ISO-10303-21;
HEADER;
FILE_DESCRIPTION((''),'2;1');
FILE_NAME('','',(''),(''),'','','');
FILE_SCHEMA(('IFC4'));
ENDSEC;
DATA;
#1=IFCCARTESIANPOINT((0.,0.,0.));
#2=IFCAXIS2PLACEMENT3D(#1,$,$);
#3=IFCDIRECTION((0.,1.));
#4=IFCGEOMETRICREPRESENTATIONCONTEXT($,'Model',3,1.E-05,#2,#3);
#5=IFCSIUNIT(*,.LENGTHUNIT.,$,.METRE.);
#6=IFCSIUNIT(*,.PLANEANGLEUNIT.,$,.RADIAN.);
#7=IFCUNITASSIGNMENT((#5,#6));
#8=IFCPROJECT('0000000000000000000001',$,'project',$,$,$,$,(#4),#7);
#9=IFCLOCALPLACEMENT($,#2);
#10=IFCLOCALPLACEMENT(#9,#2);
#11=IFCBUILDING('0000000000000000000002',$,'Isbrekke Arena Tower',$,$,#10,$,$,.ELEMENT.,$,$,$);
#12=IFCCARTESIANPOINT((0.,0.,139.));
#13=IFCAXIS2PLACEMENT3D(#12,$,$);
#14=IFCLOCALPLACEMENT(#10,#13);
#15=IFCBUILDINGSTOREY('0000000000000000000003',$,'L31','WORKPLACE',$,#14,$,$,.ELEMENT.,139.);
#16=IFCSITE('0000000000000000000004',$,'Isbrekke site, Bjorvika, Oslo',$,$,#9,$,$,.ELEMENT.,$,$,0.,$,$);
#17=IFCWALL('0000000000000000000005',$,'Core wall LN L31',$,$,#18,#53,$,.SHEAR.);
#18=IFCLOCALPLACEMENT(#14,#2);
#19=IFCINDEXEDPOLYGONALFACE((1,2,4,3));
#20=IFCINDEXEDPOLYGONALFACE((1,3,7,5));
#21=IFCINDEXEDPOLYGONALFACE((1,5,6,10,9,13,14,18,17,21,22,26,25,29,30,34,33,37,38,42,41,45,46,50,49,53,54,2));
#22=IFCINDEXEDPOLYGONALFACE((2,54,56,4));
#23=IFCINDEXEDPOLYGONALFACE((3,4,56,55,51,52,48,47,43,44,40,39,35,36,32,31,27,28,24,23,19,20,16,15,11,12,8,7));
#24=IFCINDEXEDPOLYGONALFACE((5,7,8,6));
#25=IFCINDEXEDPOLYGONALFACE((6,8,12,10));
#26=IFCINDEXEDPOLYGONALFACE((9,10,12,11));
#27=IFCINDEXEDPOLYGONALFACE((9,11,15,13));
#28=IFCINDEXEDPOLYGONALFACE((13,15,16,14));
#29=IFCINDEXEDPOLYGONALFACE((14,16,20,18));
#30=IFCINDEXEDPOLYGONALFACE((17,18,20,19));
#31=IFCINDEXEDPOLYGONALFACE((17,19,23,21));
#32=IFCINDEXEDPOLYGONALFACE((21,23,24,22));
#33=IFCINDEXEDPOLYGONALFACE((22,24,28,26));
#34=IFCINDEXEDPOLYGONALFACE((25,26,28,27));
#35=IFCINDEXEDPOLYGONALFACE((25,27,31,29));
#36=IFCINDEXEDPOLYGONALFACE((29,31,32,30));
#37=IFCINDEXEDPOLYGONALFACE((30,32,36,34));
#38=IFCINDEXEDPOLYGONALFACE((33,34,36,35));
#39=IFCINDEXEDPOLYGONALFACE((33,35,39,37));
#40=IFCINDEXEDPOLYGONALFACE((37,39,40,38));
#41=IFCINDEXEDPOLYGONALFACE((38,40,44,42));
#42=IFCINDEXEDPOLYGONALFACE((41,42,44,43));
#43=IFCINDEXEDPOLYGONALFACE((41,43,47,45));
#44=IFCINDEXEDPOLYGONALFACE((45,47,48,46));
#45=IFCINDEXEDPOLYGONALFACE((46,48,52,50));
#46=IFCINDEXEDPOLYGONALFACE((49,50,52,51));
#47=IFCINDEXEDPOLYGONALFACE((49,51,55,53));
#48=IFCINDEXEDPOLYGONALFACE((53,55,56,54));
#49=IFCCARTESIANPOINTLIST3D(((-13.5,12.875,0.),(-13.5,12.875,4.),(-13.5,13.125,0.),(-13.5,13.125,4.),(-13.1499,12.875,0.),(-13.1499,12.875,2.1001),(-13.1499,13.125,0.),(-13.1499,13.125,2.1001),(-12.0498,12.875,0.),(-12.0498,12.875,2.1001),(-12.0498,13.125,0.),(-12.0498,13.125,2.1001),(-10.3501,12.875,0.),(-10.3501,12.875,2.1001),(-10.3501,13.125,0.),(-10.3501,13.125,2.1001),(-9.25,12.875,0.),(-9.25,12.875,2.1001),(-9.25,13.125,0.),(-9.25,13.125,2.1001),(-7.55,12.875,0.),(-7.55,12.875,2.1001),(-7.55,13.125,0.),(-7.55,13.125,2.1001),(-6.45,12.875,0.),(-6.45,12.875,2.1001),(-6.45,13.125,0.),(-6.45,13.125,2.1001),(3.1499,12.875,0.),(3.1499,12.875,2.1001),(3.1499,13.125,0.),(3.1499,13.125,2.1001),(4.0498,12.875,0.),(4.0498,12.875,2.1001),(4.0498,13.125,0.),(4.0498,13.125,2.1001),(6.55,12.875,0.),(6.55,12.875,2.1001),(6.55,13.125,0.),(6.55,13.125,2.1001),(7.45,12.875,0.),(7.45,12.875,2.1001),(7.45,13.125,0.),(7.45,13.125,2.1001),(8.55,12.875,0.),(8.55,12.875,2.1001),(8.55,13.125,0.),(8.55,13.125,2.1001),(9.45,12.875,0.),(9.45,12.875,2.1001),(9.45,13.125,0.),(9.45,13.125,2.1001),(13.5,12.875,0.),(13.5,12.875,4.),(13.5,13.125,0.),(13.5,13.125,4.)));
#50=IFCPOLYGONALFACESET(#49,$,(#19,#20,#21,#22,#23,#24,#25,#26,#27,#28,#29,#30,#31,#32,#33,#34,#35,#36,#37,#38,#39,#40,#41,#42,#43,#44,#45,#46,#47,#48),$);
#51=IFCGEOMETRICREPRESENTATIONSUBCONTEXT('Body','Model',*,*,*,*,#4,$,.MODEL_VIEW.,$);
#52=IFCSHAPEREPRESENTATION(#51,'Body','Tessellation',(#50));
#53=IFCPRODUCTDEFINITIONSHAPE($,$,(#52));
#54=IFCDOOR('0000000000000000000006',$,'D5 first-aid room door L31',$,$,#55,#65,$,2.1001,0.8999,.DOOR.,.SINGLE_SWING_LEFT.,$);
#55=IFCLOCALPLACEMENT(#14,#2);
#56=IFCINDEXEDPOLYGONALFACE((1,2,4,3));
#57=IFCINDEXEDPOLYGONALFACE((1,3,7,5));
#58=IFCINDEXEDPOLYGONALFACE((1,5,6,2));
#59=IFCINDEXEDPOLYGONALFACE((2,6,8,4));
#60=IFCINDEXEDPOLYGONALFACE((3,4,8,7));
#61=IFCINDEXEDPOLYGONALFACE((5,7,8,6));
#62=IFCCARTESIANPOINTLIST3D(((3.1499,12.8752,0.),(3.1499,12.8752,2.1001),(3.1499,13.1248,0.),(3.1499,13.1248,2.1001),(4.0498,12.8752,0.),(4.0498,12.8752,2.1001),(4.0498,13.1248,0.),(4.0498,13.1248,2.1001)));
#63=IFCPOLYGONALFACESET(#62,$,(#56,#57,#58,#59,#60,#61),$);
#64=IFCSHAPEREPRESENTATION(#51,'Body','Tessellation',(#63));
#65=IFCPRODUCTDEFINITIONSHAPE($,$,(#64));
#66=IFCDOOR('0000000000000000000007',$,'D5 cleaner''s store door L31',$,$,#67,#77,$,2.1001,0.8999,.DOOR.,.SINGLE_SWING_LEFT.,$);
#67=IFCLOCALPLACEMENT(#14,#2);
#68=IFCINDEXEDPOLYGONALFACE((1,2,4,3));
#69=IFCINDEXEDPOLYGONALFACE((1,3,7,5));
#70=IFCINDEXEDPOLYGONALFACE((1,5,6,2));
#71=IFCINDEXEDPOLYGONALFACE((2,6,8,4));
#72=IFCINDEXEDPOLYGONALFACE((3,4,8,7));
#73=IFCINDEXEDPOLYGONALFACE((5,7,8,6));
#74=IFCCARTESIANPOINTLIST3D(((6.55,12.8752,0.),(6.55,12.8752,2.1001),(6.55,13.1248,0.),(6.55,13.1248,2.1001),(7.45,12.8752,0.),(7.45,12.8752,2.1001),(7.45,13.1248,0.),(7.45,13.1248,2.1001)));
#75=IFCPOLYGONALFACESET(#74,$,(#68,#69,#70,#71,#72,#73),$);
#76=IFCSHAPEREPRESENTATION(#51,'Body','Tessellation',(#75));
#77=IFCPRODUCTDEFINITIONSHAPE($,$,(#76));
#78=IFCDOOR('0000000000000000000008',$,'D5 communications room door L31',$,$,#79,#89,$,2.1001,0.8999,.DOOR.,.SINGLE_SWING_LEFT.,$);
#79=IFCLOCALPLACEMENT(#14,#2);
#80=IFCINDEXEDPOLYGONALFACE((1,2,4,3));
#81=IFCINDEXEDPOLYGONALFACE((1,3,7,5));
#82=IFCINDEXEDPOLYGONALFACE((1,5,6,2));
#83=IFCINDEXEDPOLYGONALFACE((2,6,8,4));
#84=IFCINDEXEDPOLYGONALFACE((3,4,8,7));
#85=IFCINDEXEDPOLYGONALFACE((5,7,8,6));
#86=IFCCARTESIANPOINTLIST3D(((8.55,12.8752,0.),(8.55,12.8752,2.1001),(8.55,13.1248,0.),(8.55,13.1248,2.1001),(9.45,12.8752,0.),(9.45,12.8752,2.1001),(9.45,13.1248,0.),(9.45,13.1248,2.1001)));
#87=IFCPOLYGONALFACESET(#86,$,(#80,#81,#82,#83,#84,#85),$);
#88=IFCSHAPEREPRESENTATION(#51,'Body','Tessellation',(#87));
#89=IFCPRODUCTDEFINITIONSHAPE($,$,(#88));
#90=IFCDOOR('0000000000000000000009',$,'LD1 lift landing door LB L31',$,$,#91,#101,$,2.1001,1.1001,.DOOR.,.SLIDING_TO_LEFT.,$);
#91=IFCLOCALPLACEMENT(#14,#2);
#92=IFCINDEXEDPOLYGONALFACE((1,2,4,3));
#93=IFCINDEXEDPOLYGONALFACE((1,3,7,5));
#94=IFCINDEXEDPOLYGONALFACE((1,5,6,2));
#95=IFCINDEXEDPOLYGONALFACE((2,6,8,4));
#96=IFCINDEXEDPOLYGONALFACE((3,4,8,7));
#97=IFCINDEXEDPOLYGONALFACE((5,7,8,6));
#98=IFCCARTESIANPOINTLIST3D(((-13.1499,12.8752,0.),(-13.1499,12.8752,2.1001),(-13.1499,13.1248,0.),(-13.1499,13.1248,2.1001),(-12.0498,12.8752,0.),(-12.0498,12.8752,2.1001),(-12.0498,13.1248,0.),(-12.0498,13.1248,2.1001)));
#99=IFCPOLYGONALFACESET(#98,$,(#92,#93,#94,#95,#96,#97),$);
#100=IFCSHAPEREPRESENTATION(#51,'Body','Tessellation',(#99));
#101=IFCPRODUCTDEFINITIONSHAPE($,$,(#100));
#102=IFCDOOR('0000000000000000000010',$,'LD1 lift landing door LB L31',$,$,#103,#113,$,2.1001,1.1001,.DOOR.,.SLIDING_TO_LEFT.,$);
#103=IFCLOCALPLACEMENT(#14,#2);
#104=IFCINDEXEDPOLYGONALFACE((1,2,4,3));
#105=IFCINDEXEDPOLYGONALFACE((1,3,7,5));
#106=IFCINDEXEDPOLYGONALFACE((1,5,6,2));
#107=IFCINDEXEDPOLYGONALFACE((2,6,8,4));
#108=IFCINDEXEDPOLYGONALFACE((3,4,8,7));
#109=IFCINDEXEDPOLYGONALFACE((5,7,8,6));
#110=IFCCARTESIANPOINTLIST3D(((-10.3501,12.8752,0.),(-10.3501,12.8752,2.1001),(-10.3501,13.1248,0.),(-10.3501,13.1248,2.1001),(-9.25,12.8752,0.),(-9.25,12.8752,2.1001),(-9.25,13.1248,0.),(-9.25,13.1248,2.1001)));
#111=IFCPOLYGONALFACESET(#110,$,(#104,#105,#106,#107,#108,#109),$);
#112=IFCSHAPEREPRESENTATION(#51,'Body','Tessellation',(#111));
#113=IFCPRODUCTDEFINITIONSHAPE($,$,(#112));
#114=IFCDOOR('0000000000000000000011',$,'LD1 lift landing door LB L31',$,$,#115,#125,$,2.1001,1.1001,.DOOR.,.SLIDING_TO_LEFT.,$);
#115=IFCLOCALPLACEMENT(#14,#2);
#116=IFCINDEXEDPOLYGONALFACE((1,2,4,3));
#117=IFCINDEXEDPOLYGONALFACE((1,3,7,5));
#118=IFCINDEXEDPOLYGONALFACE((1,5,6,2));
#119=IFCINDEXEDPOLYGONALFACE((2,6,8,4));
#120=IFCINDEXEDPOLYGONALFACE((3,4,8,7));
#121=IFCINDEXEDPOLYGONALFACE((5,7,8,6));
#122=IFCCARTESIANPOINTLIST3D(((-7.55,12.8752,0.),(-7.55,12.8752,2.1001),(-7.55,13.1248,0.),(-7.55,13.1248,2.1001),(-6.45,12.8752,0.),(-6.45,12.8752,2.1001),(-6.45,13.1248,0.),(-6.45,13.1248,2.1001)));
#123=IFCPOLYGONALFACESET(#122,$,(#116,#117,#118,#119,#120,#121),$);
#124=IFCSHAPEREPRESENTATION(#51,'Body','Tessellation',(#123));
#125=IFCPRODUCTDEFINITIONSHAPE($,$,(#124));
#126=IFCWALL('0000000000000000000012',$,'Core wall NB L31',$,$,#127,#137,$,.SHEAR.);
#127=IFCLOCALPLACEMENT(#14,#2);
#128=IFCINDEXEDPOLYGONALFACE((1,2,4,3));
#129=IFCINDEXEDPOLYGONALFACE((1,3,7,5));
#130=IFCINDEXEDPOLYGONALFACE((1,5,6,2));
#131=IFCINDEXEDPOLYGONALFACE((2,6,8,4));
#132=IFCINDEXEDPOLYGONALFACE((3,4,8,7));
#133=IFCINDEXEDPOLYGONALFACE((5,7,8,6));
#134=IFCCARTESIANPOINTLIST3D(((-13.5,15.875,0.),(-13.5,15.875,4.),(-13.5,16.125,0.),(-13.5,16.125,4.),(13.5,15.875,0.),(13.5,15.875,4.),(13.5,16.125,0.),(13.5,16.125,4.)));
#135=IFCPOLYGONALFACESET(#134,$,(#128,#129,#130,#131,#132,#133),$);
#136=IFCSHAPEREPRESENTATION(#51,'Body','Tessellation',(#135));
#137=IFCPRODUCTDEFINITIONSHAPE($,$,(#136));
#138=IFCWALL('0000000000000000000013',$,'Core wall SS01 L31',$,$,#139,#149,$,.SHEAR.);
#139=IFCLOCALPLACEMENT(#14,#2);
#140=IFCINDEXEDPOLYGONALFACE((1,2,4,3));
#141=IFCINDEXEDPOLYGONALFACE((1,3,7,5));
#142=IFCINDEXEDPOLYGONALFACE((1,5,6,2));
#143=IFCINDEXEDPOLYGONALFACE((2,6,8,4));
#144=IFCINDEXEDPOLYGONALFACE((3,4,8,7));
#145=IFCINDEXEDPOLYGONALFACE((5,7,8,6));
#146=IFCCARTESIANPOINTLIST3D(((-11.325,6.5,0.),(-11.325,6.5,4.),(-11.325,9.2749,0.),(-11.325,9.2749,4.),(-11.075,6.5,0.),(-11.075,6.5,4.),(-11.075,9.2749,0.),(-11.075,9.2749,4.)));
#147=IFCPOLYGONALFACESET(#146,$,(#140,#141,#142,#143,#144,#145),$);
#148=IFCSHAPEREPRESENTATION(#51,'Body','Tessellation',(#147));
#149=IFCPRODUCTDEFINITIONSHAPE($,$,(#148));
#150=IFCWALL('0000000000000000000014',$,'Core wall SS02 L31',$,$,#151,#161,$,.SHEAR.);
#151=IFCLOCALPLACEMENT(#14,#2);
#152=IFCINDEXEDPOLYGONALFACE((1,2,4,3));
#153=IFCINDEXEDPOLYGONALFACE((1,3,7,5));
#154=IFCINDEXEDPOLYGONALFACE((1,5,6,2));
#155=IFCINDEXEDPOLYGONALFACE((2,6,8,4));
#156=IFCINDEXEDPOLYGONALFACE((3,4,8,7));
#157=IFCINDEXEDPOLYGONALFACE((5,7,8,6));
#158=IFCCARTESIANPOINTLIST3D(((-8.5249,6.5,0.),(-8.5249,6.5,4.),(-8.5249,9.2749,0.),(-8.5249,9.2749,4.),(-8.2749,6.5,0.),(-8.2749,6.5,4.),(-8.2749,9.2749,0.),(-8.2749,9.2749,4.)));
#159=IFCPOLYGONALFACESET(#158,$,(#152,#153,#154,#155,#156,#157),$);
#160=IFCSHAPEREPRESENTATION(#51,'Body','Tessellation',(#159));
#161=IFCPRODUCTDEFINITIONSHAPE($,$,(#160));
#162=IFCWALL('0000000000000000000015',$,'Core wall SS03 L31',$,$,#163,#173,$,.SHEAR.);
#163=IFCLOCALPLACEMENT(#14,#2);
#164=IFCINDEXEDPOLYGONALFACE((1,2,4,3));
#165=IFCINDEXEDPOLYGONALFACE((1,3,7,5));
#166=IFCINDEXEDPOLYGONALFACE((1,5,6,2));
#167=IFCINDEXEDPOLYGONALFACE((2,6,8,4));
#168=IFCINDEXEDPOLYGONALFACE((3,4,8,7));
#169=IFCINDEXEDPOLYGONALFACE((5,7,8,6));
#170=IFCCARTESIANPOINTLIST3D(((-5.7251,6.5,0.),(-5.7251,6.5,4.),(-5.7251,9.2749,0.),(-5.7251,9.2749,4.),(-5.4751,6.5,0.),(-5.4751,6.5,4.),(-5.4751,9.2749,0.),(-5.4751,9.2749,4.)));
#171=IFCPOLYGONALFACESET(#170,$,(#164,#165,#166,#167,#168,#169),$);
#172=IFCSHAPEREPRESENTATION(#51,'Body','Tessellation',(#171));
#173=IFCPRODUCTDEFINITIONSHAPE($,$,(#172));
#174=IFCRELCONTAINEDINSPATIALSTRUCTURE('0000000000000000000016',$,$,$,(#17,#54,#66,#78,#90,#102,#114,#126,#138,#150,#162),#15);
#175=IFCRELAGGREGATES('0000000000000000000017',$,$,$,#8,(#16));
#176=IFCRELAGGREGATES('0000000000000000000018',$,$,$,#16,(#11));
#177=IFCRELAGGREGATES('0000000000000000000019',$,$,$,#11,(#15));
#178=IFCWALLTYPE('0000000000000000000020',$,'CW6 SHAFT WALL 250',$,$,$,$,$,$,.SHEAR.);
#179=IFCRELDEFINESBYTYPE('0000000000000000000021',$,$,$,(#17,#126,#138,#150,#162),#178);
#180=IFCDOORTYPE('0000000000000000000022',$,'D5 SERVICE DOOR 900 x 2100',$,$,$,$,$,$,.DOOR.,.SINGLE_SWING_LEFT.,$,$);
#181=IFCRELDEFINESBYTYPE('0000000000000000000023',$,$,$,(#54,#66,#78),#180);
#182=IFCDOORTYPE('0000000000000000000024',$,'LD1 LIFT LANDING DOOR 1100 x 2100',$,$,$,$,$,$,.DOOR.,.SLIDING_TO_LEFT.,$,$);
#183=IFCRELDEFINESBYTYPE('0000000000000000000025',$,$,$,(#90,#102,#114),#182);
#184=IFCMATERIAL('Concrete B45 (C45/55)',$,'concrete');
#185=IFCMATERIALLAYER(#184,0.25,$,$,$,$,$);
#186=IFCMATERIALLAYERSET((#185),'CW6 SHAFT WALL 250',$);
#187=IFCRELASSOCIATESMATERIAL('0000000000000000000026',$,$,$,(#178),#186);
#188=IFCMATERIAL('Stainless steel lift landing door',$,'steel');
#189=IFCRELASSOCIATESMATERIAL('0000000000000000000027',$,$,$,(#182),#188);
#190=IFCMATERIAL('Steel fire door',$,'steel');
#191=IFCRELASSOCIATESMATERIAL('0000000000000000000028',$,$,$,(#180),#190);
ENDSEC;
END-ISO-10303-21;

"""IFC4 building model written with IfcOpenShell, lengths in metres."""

from ifc_helpers import new_model, si_unit, direction, frame, frame_2d, origin, place, context, subcontext, project, spatial, rectangle, extrude, material, layer, layer_set, type_object, element, fill, save


model = new_model("IFC4")

# Units and contexts
model_context = context("Model", 3, precision=1e-05, world=origin(), true_north=direction((0.0, 1.0)))
body_context = subcontext(model_context, "Body", "Model", "MODEL_VIEW")
ifc_project = project(units=[si_unit("LENGTHUNIT", "METRE"), si_unit("PLANEANGLEUNIT", "RADIAN")], contexts=[model_context])

# Site, building, storey
site_placement = place(None, origin())
site = spatial("IfcSite", under=ifc_project, at=site_placement, Name="Isbrekke site, Bjorvika, Oslo", CompositionType="ELEMENT", RefElevation=0.0)
building_placement = place(site_placement, origin())
building = spatial("IfcBuilding", under=site, at=building_placement, Name="Isbrekke Arena Tower", CompositionType="ELEMENT")
storey_placement = place(building_placement, frame((0.0, 0.0, 139.0)))
storey = spatial("IfcBuildingStorey", under=building, at=storey_placement, Name="L31", Description="WORKPLACE", CompositionType="ELEMENT", Elevation=139.0)

# Wall, openings, doors
ifc_material_1 = material(Name="Concrete B45 (C45/55)", Category="concrete")
ifc_layer_1 = layer(ifc_material_1, 0.25)
ifc_layer_set_1 = layer_set([ifc_layer_1], Name="CW6 SHAFT WALL 250")
wall_type_1 = type_object("IfcWallType", Name="CW6 SHAFT WALL 250", PredefinedType="SHEAR", material=ifc_layer_set_1)
ifc_material_2 = material(Name="Stainless steel lift landing door", Category="steel")
door_type_1 = type_object("IfcDoorType", Name="LD1 LIFT LANDING DOOR 1100 x 2100", OperationType="SLIDING_TO_LEFT", PredefinedType="DOOR", material=ifc_material_2)
wall_1_placement = place(storey_placement, frame((-13.5, 13.0, 0.0), z_axis=(0.0, 0.0, 1.0), x_axis=(1.0, 0.0, 0.0)))
wall_1 = element("IfcWall", 1, at=wall_1_placement, inside=storey, type_object=wall_type_1, Name="Core wall LN L31", PredefinedType="SHEAR", context=body_context, shape_type="SweptSolid", body=[
    extrude(rectangle(XDim=27.0, YDim=0.25, at=frame_2d((13.5, 0.0))), origin(), (0.0, 0.0, 1.0), 4.0),
])
opening_1_placement = place(wall_1_placement, frame((0.3501, 0.0, 0.0)))
opening_1 = element("IfcOpeningElement", 2, at=opening_1_placement, cuts=wall_1, PredefinedType="OPENING", context=body_context, shape_type="SweptSolid", body=[
    extrude(rectangle(XDim=1.1001, YDim=2.1001, at=frame_2d((0.55, 1.05))), frame((0.0, 0.1399, 0.0), z_axis=(0.0, -1.0, 0.0), x_axis=(1.0, 0.0, 0.0)), (0.0, 0.0, 1.0), 0.2798),
])
opening_2_placement = place(wall_1_placement, frame((3.1499, 0.0, 0.0)))
opening_2 = element("IfcOpeningElement", 3, at=opening_2_placement, cuts=wall_1, PredefinedType="OPENING", context=body_context, shape_type="SweptSolid", body=[
    extrude(rectangle(XDim=1.1001, YDim=2.1001, at=frame_2d((0.55, 1.05))), frame((0.0, 0.1399, 0.0), z_axis=(0.0, -1.0, 0.0), x_axis=(1.0, 0.0, 0.0)), (0.0, 0.0, 1.0), 0.2798),
])
opening_3_placement = place(wall_1_placement, frame((5.95, 0.0, 0.0)))
opening_3 = element("IfcOpeningElement", 4, at=opening_3_placement, cuts=wall_1, PredefinedType="OPENING", context=body_context, shape_type="SweptSolid", body=[
    extrude(rectangle(XDim=1.1001, YDim=2.1001, at=frame_2d((0.55, 1.05))), frame((0.0, 0.1399, 0.0), z_axis=(0.0, -1.0, 0.0), x_axis=(1.0, 0.0, 0.0)), (0.0, 0.0, 1.0), 0.2798),
])
opening_4_placement = place(wall_1_placement, frame((16.6499, 0.0, 0.0)))
opening_4 = element("IfcOpeningElement", 5, at=opening_4_placement, cuts=wall_1, PredefinedType="OPENING", context=body_context, shape_type="SweptSolid", body=[
    extrude(rectangle(XDim=0.8999, YDim=2.1001, at=frame_2d((0.45, 1.05))), frame((0.0, 0.1399, 0.0), z_axis=(0.0, -1.0, 0.0), x_axis=(1.0, 0.0, 0.0)), (0.0, 0.0, 1.0), 0.2798),
])
opening_5_placement = place(wall_1_placement, frame((20.05, 0.0, 0.0)))
opening_5 = element("IfcOpeningElement", 6, at=opening_5_placement, cuts=wall_1, PredefinedType="OPENING", context=body_context, shape_type="SweptSolid", body=[
    extrude(rectangle(XDim=0.8999, YDim=2.1001, at=frame_2d((0.45, 1.05))), frame((0.0, 0.1399, 0.0), z_axis=(0.0, -1.0, 0.0), x_axis=(1.0, 0.0, 0.0)), (0.0, 0.0, 1.0), 0.2798),
])
opening_6_placement = place(wall_1_placement, frame((22.05, 0.0, 0.0)))
opening_6 = element("IfcOpeningElement", 7, at=opening_6_placement, cuts=wall_1, PredefinedType="OPENING", context=body_context, shape_type="SweptSolid", body=[
    extrude(rectangle(XDim=0.8999, YDim=2.1001, at=frame_2d((0.45, 1.05))), frame((0.0, 0.1399, 0.0), z_axis=(0.0, -1.0, 0.0), x_axis=(1.0, 0.0, 0.0)), (0.0, 0.0, 1.0), 0.2798),
])
ifc_material_3 = material(Name="Steel fire door", Category="steel")
door_type_2 = type_object("IfcDoorType", Name="D5 SERVICE DOOR 900 x 2100", OperationType="SINGLE_SWING_LEFT", PredefinedType="DOOR", material=ifc_material_3)
door_1_placement = place(opening_4_placement, origin())
door_1 = element("IfcDoor", 8, at=door_1_placement, inside=storey, type_object=door_type_2, Name="D5 first-aid room door L31", OperationType="SINGLE_SWING_LEFT", OverallHeight=2.1001, OverallWidth=0.8999, PredefinedType="DOOR", context=body_context, shape_type="SweptSolid", body=[
    extrude(rectangle(XDim=0.8999, YDim=2.1001, at=frame_2d((0.45, 1.05))), frame((0.0, 0.1248, 0.0), z_axis=(0.0, -1.0, 0.0), x_axis=(1.0, 0.0, 0.0)), (0.0, 0.0, 1.0), 0.2495),
])
fill(opening_4, door_1)
door_2_placement = place(opening_5_placement, origin())
door_2 = element("IfcDoor", 9, at=door_2_placement, inside=storey, type_object=door_type_2, Name="D5 cleaner's store door L31", OperationType="SINGLE_SWING_LEFT", OverallHeight=2.1001, OverallWidth=0.8999, PredefinedType="DOOR", context=body_context, shape_type="SweptSolid", body=[
    extrude(rectangle(XDim=0.8999, YDim=2.1001, at=frame_2d((0.45, 1.05))), frame((0.0, 0.1248, 0.0), z_axis=(0.0, -1.0, 0.0), x_axis=(1.0, 0.0, 0.0)), (0.0, 0.0, 1.0), 0.2495),
])
fill(opening_5, door_2)
door_3_placement = place(opening_6_placement, origin())
door_3 = element("IfcDoor", 10, at=door_3_placement, inside=storey, type_object=door_type_2, Name="D5 communications room door L31", OperationType="SINGLE_SWING_LEFT", OverallHeight=2.1001, OverallWidth=0.8999, PredefinedType="DOOR", context=body_context, shape_type="SweptSolid", body=[
    extrude(rectangle(XDim=0.8999, YDim=2.1001, at=frame_2d((0.45, 1.05))), frame((0.0, 0.1248, 0.0), z_axis=(0.0, -1.0, 0.0), x_axis=(1.0, 0.0, 0.0)), (0.0, 0.0, 1.0), 0.2495),
])
fill(opening_6, door_3)
door_4_placement = place(opening_1_placement, origin())
door_4 = element("IfcDoor", 11, at=door_4_placement, inside=storey, type_object=door_type_1, Name="LD1 lift landing door LB L31", OperationType="SLIDING_TO_LEFT", OverallHeight=2.1001, OverallWidth=1.1001, PredefinedType="DOOR", context=body_context, shape_type="SweptSolid", body=[
    extrude(rectangle(XDim=1.1001, YDim=2.1001, at=frame_2d((0.55, 1.05))), frame((0.0, 0.1248, 0.0), z_axis=(0.0, -1.0, 0.0), x_axis=(1.0, 0.0, 0.0)), (0.0, 0.0, 1.0), 0.2495),
])
fill(opening_1, door_4)
door_5_placement = place(opening_2_placement, origin())
door_5 = element("IfcDoor", 12, at=door_5_placement, inside=storey, type_object=door_type_1, Name="LD1 lift landing door LB L31", OperationType="SLIDING_TO_LEFT", OverallHeight=2.1001, OverallWidth=1.1001, PredefinedType="DOOR", context=body_context, shape_type="SweptSolid", body=[
    extrude(rectangle(XDim=1.1001, YDim=2.1001, at=frame_2d((0.55, 1.05))), frame((0.0, 0.1248, 0.0), z_axis=(0.0, -1.0, 0.0), x_axis=(1.0, 0.0, 0.0)), (0.0, 0.0, 1.0), 0.2495),
])
fill(opening_2, door_5)
door_6_placement = place(opening_3_placement, origin())
door_6 = element("IfcDoor", 13, at=door_6_placement, inside=storey, type_object=door_type_1, Name="LD1 lift landing door LB L31", OperationType="SLIDING_TO_LEFT", OverallHeight=2.1001, OverallWidth=1.1001, PredefinedType="DOOR", context=body_context, shape_type="SweptSolid", body=[
    extrude(rectangle(XDim=1.1001, YDim=2.1001, at=frame_2d((0.55, 1.05))), frame((0.0, 0.1248, 0.0), z_axis=(0.0, -1.0, 0.0), x_axis=(1.0, 0.0, 0.0)), (0.0, 0.0, 1.0), 0.2495),
])
fill(opening_3, door_6)

# Walls
wall_2_placement = place(storey_placement, frame((-13.5, 16.0, 0.0), z_axis=(0.0, 0.0, 1.0), x_axis=(1.0, 0.0, 0.0)))
element("IfcWall", 14, at=wall_2_placement, inside=storey, type_object=wall_type_1, Name="Core wall NB L31", PredefinedType="SHEAR", context=body_context, shape_type="SweptSolid", body=[
    extrude(rectangle(XDim=27.0, YDim=0.25, at=frame_2d((13.5, 0.0))), origin(), (0.0, 0.0, 1.0), 4.0),
])
for number, where, z_axis, x_axis, name in (
    (15, (-11.2, 6.5, 0.0), (0.0, 0.0, 1.0), (0.0, 1.0, 0.0), "Core wall SS01 L31"),
    (16, (-8.3999, 6.5, 0.0), (0.0, 0.0, 1.0), (0.0, 1.0, 0.0), "Core wall SS02 L31"),
    (17, (-5.6001, 6.5, 0.0), (0.0, 0.0, 1.0), (0.0, 1.0, 0.0), "Core wall SS03 L31"),
):
    element("IfcWall", number, at=place(storey_placement, frame(where, z_axis=z_axis, x_axis=x_axis)), inside=storey, type_object=wall_type_1, Name=name, PredefinedType="SHEAR", context=body_context, shape_type="SweptSolid", body=[
        extrude(rectangle(XDim=2.7749, YDim=0.25, at=frame_2d((1.3875, 0.0))), origin(), (0.0, 0.0, 1.0), 4.0),
    ])

save(model, "model.ifc")
